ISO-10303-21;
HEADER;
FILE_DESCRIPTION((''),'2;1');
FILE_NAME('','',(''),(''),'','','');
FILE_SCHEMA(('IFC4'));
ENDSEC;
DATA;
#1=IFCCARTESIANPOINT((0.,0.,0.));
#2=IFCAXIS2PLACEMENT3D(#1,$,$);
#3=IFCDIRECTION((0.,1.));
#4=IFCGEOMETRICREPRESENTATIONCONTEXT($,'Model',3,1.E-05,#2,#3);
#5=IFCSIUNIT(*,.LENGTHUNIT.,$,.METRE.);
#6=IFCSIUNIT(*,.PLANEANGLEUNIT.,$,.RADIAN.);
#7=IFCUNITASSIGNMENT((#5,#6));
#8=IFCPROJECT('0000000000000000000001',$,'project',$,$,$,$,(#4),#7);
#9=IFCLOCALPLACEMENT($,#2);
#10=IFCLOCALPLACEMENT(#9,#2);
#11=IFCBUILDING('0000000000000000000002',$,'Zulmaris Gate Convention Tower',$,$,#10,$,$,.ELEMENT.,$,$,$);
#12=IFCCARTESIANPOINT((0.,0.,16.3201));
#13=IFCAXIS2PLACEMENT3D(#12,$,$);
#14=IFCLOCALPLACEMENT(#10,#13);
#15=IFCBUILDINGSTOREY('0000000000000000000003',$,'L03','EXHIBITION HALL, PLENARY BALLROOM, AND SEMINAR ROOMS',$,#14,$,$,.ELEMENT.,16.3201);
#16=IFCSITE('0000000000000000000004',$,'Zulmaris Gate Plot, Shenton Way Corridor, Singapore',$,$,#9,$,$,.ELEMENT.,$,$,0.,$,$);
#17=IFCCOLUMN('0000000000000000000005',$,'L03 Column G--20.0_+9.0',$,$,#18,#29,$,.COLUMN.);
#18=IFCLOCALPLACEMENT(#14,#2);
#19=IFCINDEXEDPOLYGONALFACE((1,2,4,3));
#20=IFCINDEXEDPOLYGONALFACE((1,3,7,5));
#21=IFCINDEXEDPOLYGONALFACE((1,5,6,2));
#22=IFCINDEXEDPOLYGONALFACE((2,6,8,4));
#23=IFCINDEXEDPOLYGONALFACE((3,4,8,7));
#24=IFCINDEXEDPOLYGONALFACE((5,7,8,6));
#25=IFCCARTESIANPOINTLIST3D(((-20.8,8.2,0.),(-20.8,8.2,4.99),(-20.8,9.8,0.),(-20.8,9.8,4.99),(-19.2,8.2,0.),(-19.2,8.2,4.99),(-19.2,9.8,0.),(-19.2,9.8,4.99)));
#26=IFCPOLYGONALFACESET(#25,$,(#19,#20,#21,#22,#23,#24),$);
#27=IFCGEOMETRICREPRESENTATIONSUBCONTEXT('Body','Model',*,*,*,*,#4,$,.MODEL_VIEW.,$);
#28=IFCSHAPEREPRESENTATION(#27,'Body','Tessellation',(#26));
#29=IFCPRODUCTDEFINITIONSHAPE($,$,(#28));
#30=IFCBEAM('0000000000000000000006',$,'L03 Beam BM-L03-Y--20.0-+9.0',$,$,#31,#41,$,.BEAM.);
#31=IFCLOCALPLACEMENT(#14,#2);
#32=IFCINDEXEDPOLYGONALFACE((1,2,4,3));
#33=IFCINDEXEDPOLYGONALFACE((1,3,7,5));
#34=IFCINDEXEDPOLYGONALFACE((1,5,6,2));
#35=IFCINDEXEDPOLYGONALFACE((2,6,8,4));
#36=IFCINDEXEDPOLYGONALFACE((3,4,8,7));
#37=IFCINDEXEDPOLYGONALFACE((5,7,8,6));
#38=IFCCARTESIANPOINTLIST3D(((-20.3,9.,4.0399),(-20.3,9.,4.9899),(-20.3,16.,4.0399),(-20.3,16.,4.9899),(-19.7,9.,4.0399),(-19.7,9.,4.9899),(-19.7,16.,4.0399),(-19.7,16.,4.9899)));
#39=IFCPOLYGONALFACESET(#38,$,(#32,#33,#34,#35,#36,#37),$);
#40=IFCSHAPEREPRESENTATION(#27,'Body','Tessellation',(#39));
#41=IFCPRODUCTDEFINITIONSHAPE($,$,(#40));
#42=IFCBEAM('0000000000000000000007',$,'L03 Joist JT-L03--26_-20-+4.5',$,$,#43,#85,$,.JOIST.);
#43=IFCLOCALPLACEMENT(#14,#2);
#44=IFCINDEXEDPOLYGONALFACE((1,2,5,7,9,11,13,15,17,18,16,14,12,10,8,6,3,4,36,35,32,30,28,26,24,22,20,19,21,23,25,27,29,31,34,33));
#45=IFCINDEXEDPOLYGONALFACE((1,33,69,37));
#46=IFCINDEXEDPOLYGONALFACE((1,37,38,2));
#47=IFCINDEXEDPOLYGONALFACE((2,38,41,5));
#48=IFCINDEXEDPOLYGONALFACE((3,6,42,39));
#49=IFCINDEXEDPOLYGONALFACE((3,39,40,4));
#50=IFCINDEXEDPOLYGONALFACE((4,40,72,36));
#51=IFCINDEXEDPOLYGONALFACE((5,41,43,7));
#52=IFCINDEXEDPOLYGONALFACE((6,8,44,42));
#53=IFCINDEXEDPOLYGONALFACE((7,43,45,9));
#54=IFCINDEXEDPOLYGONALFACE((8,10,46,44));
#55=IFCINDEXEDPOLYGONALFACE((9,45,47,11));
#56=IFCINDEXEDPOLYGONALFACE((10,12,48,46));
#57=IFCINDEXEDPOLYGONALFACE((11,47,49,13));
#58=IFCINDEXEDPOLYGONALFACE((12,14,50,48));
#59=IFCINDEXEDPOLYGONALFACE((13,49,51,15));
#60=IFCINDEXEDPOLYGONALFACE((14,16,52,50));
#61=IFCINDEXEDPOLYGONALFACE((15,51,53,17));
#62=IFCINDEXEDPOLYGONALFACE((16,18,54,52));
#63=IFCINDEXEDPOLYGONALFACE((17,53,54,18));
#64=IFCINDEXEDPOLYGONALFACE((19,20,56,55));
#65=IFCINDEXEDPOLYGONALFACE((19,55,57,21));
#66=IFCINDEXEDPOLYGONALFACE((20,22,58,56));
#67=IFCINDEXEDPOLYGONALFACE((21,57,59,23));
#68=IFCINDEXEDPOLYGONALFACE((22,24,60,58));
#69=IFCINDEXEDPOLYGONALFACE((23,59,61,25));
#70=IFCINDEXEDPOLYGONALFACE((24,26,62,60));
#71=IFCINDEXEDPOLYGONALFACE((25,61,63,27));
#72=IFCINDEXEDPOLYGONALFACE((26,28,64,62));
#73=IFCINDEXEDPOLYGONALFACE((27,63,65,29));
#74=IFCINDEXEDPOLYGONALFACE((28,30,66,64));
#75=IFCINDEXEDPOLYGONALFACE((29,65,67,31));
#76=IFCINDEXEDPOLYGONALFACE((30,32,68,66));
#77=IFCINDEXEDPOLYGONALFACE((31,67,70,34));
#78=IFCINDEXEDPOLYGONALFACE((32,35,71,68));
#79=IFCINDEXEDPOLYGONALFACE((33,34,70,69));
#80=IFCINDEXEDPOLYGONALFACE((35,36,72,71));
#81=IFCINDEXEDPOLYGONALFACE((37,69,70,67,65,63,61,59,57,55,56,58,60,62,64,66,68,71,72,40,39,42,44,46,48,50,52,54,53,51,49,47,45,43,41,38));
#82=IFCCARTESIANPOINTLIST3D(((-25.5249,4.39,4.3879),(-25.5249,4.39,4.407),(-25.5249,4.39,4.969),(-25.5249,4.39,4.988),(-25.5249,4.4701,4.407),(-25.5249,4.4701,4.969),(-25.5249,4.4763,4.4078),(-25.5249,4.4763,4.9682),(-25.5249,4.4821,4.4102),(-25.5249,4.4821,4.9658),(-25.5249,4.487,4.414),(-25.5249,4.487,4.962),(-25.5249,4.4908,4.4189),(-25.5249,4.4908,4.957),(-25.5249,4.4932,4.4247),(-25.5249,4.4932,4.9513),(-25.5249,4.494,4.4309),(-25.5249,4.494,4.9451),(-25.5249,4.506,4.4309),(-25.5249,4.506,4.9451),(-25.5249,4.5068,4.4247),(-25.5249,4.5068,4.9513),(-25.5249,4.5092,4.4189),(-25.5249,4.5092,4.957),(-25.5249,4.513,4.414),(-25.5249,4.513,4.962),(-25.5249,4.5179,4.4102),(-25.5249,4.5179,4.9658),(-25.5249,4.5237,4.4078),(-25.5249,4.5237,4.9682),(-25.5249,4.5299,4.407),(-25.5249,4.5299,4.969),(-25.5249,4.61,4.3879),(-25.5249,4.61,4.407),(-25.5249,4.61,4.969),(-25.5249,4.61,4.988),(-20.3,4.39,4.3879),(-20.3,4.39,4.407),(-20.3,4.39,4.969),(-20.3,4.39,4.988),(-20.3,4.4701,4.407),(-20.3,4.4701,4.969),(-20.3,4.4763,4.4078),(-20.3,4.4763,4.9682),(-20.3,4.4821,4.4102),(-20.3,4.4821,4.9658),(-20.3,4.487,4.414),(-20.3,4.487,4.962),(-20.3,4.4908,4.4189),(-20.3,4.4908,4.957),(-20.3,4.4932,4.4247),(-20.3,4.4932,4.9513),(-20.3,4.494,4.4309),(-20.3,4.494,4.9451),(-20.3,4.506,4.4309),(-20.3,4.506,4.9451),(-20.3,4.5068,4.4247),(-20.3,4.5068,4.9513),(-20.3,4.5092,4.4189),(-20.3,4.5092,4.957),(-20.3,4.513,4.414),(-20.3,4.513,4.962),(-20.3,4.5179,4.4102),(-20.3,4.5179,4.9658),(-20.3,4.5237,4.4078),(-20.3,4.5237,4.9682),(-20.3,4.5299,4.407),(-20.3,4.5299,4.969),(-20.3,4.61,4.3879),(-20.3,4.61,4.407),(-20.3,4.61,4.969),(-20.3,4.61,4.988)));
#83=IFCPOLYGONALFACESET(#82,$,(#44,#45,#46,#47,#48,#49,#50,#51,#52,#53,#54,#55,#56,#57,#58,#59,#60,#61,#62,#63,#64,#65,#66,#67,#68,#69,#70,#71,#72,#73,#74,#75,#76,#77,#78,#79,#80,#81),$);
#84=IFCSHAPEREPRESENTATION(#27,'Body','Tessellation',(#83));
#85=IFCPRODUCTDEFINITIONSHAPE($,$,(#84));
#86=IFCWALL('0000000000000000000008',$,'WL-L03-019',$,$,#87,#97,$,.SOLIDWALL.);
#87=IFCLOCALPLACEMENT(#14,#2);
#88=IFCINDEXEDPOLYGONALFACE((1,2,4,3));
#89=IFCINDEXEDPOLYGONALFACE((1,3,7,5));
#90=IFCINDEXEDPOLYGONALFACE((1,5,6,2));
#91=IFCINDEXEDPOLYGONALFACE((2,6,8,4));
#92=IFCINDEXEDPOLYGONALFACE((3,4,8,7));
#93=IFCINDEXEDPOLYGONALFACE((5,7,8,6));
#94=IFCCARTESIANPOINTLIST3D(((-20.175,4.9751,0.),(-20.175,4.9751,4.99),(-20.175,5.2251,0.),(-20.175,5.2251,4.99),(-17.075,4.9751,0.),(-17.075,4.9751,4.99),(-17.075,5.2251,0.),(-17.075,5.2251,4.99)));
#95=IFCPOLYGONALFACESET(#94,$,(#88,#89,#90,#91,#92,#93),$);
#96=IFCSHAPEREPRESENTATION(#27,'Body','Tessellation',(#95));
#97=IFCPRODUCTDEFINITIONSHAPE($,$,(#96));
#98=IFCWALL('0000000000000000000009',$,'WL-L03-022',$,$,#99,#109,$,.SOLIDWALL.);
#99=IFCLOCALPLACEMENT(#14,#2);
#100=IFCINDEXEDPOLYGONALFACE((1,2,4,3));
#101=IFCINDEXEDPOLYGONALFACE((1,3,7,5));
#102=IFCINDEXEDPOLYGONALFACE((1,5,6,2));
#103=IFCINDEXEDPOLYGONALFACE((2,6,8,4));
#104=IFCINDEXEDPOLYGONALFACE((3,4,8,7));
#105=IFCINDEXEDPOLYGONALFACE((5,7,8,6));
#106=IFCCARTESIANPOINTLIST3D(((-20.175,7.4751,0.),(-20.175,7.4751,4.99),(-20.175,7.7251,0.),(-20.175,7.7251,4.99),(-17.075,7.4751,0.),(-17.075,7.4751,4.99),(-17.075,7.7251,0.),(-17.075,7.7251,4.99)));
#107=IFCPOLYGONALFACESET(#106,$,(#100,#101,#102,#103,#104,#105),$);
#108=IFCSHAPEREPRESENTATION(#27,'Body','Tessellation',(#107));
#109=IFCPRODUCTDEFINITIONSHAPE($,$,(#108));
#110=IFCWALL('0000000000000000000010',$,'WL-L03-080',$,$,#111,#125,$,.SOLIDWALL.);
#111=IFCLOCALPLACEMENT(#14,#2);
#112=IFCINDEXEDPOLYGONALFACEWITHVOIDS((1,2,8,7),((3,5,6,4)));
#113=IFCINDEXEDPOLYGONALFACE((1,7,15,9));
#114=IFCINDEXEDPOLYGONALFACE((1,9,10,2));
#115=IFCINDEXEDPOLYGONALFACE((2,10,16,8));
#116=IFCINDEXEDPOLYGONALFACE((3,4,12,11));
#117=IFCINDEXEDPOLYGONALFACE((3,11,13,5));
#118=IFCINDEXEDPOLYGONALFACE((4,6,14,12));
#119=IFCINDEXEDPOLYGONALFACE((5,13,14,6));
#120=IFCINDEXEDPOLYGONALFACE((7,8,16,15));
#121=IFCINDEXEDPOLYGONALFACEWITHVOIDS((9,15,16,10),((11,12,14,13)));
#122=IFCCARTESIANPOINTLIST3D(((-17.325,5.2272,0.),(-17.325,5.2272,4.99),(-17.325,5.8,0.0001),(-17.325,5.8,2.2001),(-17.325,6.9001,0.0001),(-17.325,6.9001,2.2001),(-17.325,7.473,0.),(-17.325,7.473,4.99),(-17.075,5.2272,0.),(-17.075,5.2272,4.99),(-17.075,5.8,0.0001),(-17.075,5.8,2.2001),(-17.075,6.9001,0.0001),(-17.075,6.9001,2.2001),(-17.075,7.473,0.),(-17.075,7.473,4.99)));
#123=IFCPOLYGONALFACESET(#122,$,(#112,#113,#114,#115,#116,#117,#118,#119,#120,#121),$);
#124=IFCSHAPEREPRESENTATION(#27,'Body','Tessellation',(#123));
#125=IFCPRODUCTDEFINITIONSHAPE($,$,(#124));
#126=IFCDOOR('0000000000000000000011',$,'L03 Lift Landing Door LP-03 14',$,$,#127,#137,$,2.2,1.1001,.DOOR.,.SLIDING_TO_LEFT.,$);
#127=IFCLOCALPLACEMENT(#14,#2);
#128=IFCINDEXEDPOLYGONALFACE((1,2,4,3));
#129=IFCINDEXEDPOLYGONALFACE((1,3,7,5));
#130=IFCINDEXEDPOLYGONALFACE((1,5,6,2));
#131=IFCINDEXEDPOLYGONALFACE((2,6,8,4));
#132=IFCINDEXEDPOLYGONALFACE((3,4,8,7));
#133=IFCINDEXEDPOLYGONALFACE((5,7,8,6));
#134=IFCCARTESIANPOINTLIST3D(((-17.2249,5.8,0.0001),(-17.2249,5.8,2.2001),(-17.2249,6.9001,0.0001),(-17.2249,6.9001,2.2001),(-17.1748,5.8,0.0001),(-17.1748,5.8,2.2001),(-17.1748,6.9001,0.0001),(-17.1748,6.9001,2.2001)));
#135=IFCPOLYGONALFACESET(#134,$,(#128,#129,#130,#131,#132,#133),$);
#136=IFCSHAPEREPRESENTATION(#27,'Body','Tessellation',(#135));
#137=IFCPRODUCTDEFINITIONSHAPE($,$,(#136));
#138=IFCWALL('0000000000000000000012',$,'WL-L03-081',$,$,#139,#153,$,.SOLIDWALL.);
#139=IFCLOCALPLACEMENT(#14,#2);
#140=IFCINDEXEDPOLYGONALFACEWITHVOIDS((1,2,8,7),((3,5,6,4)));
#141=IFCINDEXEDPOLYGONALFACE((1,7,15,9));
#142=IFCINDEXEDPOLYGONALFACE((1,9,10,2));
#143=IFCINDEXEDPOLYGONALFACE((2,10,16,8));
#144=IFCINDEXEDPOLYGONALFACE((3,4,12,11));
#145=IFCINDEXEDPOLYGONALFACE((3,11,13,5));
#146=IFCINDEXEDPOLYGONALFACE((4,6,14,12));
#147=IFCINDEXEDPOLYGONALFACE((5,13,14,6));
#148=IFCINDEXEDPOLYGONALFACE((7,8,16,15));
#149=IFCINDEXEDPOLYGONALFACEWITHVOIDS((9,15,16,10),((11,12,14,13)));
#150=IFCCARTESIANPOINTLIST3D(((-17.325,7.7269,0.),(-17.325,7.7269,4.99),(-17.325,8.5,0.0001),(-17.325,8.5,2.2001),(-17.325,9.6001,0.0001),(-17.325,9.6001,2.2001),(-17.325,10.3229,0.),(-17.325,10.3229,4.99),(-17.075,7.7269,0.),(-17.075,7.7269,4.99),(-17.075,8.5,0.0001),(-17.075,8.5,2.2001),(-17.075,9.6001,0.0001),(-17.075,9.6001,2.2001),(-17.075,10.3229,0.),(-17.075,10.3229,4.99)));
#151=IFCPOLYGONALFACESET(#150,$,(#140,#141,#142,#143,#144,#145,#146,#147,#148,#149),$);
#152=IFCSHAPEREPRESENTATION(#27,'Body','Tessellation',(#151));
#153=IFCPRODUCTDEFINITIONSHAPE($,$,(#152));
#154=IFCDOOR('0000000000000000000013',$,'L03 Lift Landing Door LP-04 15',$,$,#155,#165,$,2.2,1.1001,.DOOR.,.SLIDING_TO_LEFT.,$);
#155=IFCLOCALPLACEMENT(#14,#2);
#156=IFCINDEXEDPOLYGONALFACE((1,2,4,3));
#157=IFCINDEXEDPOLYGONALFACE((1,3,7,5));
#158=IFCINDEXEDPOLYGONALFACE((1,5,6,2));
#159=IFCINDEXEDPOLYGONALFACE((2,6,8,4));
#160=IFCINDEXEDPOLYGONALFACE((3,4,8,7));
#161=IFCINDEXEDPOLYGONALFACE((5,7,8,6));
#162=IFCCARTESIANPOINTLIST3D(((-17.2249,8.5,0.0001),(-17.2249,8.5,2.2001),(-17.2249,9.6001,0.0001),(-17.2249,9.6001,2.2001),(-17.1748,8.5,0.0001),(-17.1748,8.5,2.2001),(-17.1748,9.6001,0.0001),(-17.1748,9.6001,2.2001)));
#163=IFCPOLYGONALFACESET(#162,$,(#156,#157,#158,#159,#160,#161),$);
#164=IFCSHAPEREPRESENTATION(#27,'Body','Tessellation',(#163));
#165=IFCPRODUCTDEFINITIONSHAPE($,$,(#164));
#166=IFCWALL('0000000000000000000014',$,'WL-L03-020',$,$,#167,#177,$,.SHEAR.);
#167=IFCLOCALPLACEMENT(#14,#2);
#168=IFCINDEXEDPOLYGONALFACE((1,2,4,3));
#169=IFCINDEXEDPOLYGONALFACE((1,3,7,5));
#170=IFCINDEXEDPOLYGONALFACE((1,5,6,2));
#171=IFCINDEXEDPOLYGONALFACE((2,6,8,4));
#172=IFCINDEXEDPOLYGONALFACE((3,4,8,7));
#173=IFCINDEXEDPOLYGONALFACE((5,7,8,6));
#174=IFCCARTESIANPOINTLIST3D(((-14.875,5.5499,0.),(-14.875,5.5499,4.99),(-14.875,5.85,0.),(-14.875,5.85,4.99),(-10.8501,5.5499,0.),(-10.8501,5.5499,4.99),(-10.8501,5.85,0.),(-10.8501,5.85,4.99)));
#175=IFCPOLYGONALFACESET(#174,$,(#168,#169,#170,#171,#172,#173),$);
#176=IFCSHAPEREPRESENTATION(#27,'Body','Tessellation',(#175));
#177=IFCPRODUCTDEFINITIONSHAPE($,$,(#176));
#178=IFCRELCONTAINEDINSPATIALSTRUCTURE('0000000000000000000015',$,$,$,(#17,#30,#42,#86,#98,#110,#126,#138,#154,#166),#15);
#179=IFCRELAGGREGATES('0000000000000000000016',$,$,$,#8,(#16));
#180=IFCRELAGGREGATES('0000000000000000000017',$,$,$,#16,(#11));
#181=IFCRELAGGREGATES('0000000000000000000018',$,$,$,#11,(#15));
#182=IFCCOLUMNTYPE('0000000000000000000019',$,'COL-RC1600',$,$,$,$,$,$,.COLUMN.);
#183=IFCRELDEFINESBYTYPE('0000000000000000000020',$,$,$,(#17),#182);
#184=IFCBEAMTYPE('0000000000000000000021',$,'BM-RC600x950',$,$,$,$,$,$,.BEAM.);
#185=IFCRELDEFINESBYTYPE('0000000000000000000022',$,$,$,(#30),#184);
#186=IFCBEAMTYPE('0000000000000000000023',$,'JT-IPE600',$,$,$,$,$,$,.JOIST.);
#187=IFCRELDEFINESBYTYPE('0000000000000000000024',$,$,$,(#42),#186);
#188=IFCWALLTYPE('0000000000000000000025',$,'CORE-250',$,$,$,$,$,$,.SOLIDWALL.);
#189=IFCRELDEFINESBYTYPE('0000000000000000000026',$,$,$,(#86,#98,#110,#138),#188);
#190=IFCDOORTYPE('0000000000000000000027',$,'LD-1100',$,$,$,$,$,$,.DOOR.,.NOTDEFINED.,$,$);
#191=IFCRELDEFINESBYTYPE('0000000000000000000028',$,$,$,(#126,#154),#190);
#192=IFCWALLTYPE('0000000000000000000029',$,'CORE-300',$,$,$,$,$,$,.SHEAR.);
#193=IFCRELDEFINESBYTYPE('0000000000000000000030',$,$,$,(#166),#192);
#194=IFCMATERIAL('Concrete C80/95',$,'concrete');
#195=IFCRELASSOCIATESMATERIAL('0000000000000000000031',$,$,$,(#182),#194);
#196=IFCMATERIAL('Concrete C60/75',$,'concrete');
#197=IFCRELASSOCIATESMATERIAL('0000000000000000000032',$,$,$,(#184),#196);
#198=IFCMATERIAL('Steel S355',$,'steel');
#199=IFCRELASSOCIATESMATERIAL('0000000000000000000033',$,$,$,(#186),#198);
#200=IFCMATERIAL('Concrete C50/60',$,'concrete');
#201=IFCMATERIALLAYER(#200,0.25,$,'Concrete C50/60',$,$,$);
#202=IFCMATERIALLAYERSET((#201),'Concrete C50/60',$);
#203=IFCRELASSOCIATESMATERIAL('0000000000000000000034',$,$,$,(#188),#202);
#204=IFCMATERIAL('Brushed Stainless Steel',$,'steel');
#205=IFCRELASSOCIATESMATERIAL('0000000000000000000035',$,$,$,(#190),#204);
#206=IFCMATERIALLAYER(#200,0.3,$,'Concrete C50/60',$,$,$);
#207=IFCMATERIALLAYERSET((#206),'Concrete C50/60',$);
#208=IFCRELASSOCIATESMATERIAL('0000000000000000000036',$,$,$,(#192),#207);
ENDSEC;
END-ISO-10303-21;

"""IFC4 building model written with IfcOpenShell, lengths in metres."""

from ifc_helpers import new_model, si_unit, direction, frame, frame_2d, origin, origin_2d, place, context, subcontext, project, spatial, rectangle, i_section, extrude, material, layer, layer_set, material_profile, profile_set, type_object, element, fill, save


model = new_model("IFC4")

# Units and contexts
model_context = context("Model", 3, precision=1e-05, world=origin(), true_north=direction((0.0, 1.0)))
body_context = subcontext(model_context, "Body", "Model", "MODEL_VIEW")
ifc_project = project(units=[si_unit("LENGTHUNIT", "METRE"), si_unit("PLANEANGLEUNIT", "RADIAN")], contexts=[model_context])

# Site, building, storey
site_placement = place(None, origin())
site = spatial("IfcSite", under=ifc_project, at=site_placement, Name="Zulmaris Gate Plot, Shenton Way Corridor, Singapore", CompositionType="ELEMENT", RefElevation=0.0)
building_placement = place(site_placement, origin())
building = spatial("IfcBuilding", under=site, at=building_placement, Name="Zulmaris Gate Convention Tower", CompositionType="ELEMENT")
storey_placement = place(building_placement, frame((0.0, 0.0, 16.3201)))
storey = spatial("IfcBuildingStorey", under=building, at=storey_placement, Name="L03", Description="EXHIBITION HALL, PLENARY BALLROOM, AND SEMINAR ROOMS", CompositionType="ELEMENT", Elevation=16.3201)

# Column
ifc_material_1 = material(Name="Concrete C80/95", Category="concrete")
ifc_material_profile_1 = material_profile(ifc_material_1, rectangle(XDim=1.6001, YDim=1.6001, at=origin_2d()), Name="RC COL 1600x1600")
ifc_profile_set_1 = profile_set([ifc_material_profile_1], Name="Concrete C80/95")
column_type = type_object("IfcColumnType", Name="COL-RC1600", PredefinedType="COLUMN", material=ifc_profile_set_1)
column_placement = place(storey_placement, frame((-20.0, 9.0, 0.0), z_axis=(0.0, 0.0, 1.0), x_axis=(1.0, 0.0, 0.0)))
element("IfcColumn", 1, at=column_placement, inside=storey, type_object=column_type, Name="L03 Column G--20.0_+9.0", PredefinedType="COLUMN", context=body_context, shape_type="SweptSolid", body=[
    extrude(rectangle(XDim=1.6001, YDim=1.6001, at=origin_2d()), origin(), (0.0, 0.0, 1.0), 4.99),
])

# Beams
ifc_material_2 = material(Name="Concrete C60/75", Category="concrete")
ifc_material_profile_2 = material_profile(ifc_material_2, rectangle(XDim=0.6001, YDim=0.95, at=origin_2d()), Name="RC BEAM 600x950")
ifc_profile_set_2 = profile_set([ifc_material_profile_2], Name="Concrete C60/75")
beam_type_1 = type_object("IfcBeamType", Name="BM-RC600x950", PredefinedType="BEAM", material=ifc_profile_set_2)
beam_1_placement = place(storey_placement, frame((-20.0, 9.0, 4.5149), z_axis=(0.0, 1.0, 0.0), x_axis=(-1.0, 0.0, 0.0)))
element("IfcBeam", 2, at=beam_1_placement, inside=storey, type_object=beam_type_1, Name="L03 Beam BM-L03-Y--20.0-+9.0", PredefinedType="BEAM", context=body_context, shape_type="SweptSolid", body=[
    extrude(rectangle(XDim=0.6001, YDim=0.95, at=origin_2d()), origin(), (0.0, 0.0, 1.0), 7.0),
])
ifc_material_3 = material(Name="Steel S355", Category="steel")
ifc_material_profile_3 = material_profile(ifc_material_3, i_section(OverallWidth=0.22, OverallDepth=0.6001, WebThickness=0.012, FlangeThickness=0.019, FilletRadius=0.0239, at=origin_2d()), Name="IPE 600")
ifc_profile_set_3 = profile_set([ifc_material_profile_3], Name="Steel S355")
beam_type_2 = type_object("IfcBeamType", Name="JT-IPE600", PredefinedType="JOIST", material=ifc_profile_set_3)
beam_2_placement = place(storey_placement, frame((-25.5249, 4.5, 4.688), z_axis=(1.0, 0.0, 0.0), x_axis=(0.0, 1.0, 0.0)))
element("IfcBeam", 3, at=beam_2_placement, inside=storey, type_object=beam_type_2, Name="L03 Joist JT-L03--26_-20-+4.5", PredefinedType="JOIST", context=body_context, shape_type="SweptSolid", body=[
    extrude(i_section(OverallWidth=0.22, OverallDepth=0.6001, WebThickness=0.012, FlangeThickness=0.019, FilletRadius=0.0239, at=origin_2d()), origin(), (0.0, 0.0, 1.0), 5.2249),
])

# Walls
ifc_material_4 = material(Name="Concrete C50/60", Category="concrete")
ifc_layer_1 = layer(ifc_material_4, 0.25, Name="Concrete C50/60")
ifc_layer_set_1 = layer_set([ifc_layer_1], Name="Concrete C50/60")
wall_type_1 = type_object("IfcWallType", Name="CORE-250", PredefinedType="SOLIDWALL", material=ifc_layer_set_1)
for number, where, z_axis, x_axis, name in (
    (4, (-20.175, 5.1001, 0.0), (0.0, 0.0, 1.0), (1.0, 0.0, 0.0), "WL-L03-019"),
    (5, (-20.175, 7.6001, 0.0), (0.0, 0.0, 1.0), (1.0, 0.0, 0.0), "WL-L03-022"),
):
    element("IfcWall", number, at=place(storey_placement, frame(where, z_axis=z_axis, x_axis=x_axis)), inside=storey, type_object=wall_type_1, Name=name, PredefinedType="SOLIDWALL", context=body_context, shape_type="SweptSolid", body=[
        extrude(rectangle(XDim=3.1001, YDim=0.25, at=frame_2d((1.55, 0.0))), origin(), (0.0, 0.0, 1.0), 4.99),
    ])

# Walls, openings, doors
wall_1_placement = place(storey_placement, frame((-17.2, 5.2271, 0.0), z_axis=(0.0, 0.0, 1.0), x_axis=(0.0, 1.0, 0.0)))
wall_1 = element("IfcWall", 6, at=wall_1_placement, inside=storey, type_object=wall_type_1, Name="WL-L03-080", PredefinedType="SOLIDWALL", context=body_context, shape_type="SweptSolid", body=[
    extrude(rectangle(XDim=2.2458, YDim=0.25, at=frame_2d((1.123, 0.0))), origin(), (0.0, 0.0, 1.0), 4.99),
])
opening_1_placement = place(wall_1_placement, frame((0.573, 0.0, 0.0)))
opening_1 = element("IfcOpeningElement", 7, at=opening_1_placement, cuts=wall_1, PredefinedType="OPENING", context=body_context, shape_type="SweptSolid", body=[
    extrude(rectangle(XDim=1.1001, YDim=2.2, at=frame_2d((0.55, 1.1001))), frame((0.0, 0.135, 0.0), z_axis=(0.0, -1.0, 0.0), x_axis=(1.0, 0.0, 0.0)), (0.0, 0.0, 1.0), 0.27),
])
ifc_material_5 = material(Name="Brushed Stainless Steel", Category="steel")
door_type_1 = type_object("IfcDoorType", Name="LD-1100", OperationType="NOTDEFINED", PredefinedType="DOOR", material=ifc_material_5)
door_1_placement = place(opening_1_placement, origin())
door_1 = element("IfcDoor", 8, at=door_1_placement, inside=storey, type_object=door_type_1, Name="L03 Lift Landing Door LP-03 14", OperationType="SLIDING_TO_LEFT", OverallHeight=2.2, OverallWidth=1.1001, PredefinedType="DOOR", context=body_context, shape_type="SweptSolid", body=[
    extrude(rectangle(XDim=1.1001, YDim=2.2, at=frame_2d((0.55, 1.1001))), frame((0.0, 0.0249, 0.0), z_axis=(0.0, -1.0, 0.0), x_axis=(1.0, 0.0, 0.0)), (0.0, 0.0, 1.0), 0.05),
])
fill(opening_1, door_1)
wall_2_placement = place(storey_placement, frame((-17.2, 7.7271, 0.0), z_axis=(0.0, 0.0, 1.0), x_axis=(0.0, 1.0, 0.0)))
wall_2 = element("IfcWall", 9, at=wall_2_placement, inside=storey, type_object=wall_type_1, Name="WL-L03-081", PredefinedType="SOLIDWALL", context=body_context, shape_type="SweptSolid", body=[
    extrude(rectangle(XDim=2.5959, YDim=0.25, at=frame_2d((1.2979, 0.0))), origin(), (0.0, 0.0, 1.0), 4.99),
])
opening_2_placement = place(wall_2_placement, frame((0.7729, 0.0, 0.0)))
opening_2 = element("IfcOpeningElement", 10, at=opening_2_placement, cuts=wall_2, PredefinedType="OPENING", context=body_context, shape_type="SweptSolid", body=[
    extrude(rectangle(XDim=1.1001, YDim=2.2, at=frame_2d((0.55, 1.1001))), frame((0.0, 0.135, 0.0), z_axis=(0.0, -1.0, 0.0), x_axis=(1.0, 0.0, 0.0)), (0.0, 0.0, 1.0), 0.27),
])
door_2_placement = place(opening_2_placement, origin())
door_2 = element("IfcDoor", 11, at=door_2_placement, inside=storey, type_object=door_type_1, Name="L03 Lift Landing Door LP-04 15", OperationType="SLIDING_TO_LEFT", OverallHeight=2.2, OverallWidth=1.1001, PredefinedType="DOOR", context=body_context, shape_type="SweptSolid", body=[
    extrude(rectangle(XDim=1.1001, YDim=2.2, at=frame_2d((0.55, 1.1001))), frame((0.0, 0.0249, 0.0), z_axis=(0.0, -1.0, 0.0), x_axis=(1.0, 0.0, 0.0)), (0.0, 0.0, 1.0), 0.05),
])
fill(opening_2, door_2)

# Wall
ifc_layer_2 = layer(ifc_material_4, 0.3, Name="Concrete C50/60")
ifc_layer_set_2 = layer_set([ifc_layer_2], Name="Concrete C50/60")
wall_type_2 = type_object("IfcWallType", Name="CORE-300", PredefinedType="SHEAR", material=ifc_layer_set_2)
wall_3_placement = place(storey_placement, frame((-14.875, 5.7, 0.0), z_axis=(0.0, 0.0, 1.0), x_axis=(1.0, 0.0, 0.0)))
element("IfcWall", 12, at=wall_3_placement, inside=storey, type_object=wall_type_2, Name="WL-L03-020", PredefinedType="SHEAR", context=body_context, shape_type="SweptSolid", body=[
    extrude(rectangle(XDim=4.0249, YDim=0.3, at=frame_2d((2.0125, 0.0))), origin(), (0.0, 0.0, 1.0), 4.99),
])

save(model, "model.ifc")
